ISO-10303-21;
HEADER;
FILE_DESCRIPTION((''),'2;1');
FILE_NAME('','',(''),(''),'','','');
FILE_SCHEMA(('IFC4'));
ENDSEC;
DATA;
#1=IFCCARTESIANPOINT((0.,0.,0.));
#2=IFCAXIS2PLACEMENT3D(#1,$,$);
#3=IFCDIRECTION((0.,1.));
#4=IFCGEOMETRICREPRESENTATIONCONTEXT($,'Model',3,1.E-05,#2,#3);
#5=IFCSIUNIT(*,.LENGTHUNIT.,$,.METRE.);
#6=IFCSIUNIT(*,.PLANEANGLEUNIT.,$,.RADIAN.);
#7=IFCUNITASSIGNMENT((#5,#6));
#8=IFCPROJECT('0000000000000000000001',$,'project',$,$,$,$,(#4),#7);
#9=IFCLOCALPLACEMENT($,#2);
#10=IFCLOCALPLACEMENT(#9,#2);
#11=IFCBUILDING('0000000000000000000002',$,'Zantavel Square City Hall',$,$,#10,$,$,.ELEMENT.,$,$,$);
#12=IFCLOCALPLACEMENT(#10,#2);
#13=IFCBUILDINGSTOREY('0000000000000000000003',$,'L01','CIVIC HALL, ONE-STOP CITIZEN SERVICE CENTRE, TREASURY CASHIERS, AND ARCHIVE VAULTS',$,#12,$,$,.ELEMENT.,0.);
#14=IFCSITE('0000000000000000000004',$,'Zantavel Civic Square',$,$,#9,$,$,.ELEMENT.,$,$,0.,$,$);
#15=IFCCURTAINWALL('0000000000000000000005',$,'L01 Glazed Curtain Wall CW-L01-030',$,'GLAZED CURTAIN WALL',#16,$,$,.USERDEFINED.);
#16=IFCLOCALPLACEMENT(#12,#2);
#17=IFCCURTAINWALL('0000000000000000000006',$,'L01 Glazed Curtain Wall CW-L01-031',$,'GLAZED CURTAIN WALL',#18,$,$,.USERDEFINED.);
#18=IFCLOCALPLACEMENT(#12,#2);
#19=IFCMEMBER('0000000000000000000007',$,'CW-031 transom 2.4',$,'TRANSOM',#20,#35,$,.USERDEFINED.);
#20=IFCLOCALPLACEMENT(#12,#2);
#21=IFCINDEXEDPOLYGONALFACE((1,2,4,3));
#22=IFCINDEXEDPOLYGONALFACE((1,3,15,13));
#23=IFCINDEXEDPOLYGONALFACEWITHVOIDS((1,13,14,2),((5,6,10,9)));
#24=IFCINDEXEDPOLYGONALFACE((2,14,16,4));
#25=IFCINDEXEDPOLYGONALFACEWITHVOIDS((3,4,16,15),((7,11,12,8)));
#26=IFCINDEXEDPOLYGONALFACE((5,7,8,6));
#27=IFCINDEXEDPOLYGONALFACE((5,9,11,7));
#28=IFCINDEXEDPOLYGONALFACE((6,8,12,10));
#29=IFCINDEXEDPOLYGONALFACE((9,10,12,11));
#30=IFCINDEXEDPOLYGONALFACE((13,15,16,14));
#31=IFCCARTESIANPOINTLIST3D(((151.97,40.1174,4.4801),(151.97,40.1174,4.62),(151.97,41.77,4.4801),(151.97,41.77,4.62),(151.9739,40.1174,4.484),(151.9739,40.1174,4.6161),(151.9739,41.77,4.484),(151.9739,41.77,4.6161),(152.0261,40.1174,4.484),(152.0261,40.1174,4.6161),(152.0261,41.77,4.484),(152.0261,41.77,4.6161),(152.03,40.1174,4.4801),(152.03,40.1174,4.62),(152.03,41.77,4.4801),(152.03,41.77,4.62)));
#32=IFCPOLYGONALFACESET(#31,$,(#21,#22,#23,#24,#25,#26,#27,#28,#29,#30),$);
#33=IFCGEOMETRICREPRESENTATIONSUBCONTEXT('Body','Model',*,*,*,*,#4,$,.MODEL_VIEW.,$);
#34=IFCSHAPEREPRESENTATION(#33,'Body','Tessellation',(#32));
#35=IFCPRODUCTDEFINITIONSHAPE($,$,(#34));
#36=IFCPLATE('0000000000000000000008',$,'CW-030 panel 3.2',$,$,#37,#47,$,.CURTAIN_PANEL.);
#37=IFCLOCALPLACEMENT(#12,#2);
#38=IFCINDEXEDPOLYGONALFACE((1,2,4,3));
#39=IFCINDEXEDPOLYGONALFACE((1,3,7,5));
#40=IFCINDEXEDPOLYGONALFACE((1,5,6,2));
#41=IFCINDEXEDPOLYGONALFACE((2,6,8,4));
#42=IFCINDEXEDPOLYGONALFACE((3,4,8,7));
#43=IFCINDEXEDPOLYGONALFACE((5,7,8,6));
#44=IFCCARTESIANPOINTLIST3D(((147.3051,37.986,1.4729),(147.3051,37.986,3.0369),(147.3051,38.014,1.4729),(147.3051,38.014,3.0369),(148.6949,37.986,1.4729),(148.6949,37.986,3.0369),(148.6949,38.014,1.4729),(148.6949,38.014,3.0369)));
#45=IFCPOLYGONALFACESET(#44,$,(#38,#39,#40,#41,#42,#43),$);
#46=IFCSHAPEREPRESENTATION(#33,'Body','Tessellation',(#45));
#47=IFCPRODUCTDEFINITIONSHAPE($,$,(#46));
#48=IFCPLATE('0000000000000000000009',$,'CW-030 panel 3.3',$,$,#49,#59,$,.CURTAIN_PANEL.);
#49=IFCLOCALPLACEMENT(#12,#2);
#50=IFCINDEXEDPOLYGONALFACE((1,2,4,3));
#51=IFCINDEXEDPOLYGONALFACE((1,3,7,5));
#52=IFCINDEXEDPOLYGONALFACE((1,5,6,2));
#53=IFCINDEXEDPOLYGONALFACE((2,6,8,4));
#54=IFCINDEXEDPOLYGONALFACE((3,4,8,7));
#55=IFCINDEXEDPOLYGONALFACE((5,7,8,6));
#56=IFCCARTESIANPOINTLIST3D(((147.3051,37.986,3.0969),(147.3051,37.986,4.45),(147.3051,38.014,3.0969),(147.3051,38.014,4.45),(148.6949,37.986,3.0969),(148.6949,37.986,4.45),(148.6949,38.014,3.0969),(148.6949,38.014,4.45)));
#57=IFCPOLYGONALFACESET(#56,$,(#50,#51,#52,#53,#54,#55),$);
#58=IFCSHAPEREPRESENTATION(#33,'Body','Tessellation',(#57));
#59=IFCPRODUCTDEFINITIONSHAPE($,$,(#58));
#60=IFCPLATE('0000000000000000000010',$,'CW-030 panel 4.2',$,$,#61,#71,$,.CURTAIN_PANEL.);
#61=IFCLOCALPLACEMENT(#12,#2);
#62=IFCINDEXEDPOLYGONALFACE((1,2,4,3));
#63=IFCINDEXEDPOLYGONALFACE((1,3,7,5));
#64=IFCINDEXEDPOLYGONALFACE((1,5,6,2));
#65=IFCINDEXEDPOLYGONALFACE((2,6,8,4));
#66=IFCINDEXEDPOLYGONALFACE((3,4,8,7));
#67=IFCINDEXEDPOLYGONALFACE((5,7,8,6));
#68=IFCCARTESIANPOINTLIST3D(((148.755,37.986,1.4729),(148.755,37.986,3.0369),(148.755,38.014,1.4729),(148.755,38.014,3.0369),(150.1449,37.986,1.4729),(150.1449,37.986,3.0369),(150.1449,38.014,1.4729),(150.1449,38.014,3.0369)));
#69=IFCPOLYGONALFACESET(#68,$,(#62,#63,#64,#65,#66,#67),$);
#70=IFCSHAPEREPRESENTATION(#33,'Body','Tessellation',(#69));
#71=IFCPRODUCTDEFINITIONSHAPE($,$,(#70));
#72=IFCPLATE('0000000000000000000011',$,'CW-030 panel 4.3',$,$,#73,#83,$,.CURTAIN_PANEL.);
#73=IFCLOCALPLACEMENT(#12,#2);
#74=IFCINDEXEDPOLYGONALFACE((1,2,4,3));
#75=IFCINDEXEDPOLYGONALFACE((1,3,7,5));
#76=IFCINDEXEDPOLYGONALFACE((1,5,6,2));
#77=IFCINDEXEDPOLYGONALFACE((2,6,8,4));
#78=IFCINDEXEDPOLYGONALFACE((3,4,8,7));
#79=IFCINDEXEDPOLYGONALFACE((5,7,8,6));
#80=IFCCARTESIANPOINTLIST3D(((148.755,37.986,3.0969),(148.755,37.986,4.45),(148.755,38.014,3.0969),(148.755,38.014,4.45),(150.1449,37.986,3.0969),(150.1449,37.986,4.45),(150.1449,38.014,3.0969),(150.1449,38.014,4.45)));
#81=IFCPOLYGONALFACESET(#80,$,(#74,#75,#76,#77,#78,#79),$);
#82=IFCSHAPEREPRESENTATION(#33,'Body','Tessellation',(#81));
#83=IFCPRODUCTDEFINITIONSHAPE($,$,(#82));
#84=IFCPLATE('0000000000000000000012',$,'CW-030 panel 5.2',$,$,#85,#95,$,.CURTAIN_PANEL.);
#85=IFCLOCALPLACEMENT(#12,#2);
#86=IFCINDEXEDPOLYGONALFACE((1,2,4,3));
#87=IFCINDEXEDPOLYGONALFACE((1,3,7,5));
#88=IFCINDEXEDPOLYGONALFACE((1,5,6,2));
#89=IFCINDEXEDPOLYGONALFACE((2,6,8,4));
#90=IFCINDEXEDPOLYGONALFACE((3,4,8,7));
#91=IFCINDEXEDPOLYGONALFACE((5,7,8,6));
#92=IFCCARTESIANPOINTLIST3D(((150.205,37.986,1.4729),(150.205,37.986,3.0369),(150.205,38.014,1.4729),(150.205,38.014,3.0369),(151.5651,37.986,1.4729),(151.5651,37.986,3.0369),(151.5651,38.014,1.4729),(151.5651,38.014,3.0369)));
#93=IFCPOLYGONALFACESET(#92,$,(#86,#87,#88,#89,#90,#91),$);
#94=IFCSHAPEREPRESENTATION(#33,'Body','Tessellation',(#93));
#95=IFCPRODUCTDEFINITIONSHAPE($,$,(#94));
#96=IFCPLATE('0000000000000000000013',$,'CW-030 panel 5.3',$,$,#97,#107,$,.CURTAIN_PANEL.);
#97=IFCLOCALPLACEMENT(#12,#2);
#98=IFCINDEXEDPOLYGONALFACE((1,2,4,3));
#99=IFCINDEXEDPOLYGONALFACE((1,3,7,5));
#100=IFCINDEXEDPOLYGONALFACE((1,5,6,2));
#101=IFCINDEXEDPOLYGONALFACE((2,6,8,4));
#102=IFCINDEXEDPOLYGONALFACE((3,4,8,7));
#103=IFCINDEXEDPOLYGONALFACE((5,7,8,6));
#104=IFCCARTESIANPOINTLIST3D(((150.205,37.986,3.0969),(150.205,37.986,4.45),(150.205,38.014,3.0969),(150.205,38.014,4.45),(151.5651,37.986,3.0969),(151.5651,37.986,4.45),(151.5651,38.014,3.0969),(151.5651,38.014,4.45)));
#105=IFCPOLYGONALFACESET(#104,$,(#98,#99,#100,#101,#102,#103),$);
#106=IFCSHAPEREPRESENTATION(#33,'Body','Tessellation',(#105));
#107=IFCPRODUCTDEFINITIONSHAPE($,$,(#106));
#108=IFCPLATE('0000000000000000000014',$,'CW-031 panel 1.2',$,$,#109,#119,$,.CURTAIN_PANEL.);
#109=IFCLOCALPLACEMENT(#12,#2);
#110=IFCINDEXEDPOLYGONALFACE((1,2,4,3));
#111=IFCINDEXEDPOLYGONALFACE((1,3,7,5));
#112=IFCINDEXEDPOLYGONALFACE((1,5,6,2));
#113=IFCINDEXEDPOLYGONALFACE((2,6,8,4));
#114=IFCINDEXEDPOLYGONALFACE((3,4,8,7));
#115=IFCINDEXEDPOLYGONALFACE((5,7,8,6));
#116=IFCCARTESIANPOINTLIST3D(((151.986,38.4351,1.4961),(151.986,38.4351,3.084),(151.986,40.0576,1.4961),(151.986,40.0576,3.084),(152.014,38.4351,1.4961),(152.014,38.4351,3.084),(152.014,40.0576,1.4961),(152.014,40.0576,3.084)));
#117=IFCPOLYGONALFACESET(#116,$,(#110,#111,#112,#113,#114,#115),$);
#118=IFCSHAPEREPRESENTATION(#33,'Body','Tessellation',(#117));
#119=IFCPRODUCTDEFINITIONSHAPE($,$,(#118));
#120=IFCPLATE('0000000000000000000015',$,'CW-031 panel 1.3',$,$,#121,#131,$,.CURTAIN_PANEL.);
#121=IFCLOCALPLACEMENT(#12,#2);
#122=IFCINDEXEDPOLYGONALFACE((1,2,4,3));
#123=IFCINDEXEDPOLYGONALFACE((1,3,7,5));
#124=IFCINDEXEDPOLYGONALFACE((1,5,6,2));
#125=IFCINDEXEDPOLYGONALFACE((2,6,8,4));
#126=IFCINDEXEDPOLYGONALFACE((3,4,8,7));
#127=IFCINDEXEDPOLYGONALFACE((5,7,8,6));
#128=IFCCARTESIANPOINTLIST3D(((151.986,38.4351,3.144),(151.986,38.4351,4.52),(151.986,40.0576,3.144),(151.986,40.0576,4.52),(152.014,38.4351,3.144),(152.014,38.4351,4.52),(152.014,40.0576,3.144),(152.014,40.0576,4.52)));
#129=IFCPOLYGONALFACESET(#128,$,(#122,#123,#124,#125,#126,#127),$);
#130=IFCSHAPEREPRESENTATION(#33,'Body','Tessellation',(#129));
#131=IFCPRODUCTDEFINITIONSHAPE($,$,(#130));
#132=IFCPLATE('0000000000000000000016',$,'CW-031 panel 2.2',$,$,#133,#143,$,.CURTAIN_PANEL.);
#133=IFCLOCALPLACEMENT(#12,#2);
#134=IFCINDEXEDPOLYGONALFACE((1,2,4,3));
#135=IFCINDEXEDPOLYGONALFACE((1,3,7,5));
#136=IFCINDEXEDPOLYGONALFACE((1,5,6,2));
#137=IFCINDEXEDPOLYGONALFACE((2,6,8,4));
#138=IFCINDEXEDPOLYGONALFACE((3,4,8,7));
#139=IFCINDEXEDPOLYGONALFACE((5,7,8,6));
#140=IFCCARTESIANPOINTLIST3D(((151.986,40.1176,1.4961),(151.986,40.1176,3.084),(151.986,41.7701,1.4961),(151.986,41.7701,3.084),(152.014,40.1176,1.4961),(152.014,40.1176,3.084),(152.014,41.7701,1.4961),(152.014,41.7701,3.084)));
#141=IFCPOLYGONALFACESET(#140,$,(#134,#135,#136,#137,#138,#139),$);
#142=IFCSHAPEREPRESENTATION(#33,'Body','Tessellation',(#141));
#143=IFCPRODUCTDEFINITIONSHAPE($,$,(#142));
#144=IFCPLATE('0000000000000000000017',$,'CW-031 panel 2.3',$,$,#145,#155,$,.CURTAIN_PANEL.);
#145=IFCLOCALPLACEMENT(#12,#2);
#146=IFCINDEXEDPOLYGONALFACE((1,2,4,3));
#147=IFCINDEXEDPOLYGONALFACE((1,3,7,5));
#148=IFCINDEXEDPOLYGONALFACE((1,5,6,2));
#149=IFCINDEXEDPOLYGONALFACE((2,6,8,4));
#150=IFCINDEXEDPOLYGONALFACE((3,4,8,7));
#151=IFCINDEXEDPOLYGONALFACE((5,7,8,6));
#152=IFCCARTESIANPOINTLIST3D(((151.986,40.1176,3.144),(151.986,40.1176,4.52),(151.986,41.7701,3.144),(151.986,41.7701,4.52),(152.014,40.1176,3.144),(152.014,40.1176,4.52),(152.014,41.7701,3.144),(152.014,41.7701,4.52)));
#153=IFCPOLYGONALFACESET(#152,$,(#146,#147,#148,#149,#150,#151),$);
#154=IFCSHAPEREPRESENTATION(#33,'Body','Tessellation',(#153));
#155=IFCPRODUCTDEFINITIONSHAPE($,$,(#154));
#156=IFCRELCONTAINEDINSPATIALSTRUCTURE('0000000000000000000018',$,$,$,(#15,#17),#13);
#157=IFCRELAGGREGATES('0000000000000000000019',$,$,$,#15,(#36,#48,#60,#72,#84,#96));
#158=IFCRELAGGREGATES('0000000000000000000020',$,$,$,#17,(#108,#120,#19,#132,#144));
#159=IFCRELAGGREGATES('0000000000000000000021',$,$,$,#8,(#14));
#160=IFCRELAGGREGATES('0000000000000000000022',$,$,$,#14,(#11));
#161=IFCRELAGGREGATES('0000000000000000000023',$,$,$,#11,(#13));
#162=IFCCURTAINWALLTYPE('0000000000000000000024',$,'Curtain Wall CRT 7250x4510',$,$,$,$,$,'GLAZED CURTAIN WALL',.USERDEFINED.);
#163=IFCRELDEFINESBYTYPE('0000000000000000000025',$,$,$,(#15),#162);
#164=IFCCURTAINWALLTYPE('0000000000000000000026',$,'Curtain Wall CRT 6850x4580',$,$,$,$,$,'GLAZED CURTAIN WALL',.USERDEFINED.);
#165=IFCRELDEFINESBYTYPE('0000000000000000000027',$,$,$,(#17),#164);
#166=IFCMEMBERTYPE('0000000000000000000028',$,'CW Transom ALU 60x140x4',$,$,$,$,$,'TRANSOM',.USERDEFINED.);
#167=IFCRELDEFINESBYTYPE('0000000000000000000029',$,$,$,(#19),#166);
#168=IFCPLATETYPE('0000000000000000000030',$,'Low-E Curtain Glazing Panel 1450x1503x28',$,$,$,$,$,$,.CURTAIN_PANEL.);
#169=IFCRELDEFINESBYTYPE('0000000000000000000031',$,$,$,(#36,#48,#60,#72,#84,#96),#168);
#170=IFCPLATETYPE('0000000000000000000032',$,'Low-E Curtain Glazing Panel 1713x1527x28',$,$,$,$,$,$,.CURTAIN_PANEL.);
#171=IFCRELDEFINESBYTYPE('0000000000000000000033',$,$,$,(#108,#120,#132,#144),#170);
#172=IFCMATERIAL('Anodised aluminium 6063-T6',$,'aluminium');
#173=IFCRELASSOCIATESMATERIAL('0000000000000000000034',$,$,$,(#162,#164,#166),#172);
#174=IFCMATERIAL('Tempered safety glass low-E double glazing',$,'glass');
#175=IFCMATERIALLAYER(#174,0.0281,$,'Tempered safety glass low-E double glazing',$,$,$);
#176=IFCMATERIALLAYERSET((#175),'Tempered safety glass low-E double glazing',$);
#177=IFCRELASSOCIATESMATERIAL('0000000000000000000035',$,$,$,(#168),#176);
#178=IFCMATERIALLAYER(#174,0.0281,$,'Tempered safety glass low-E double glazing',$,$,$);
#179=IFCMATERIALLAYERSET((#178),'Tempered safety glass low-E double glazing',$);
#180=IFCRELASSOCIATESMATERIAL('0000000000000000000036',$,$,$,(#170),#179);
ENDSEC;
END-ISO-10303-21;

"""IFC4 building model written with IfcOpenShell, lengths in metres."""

from ifc_helpers import new_model, si_unit, direction, frame, origin, origin_2d, place, context, subcontext, project, spatial, rectangle, hollow_rectangle, extrude, material, layer, layer_set, material_profile, profile_set, type_object, element, aggregate, save


model = new_model("IFC4")

# Units and contexts
model_context = context("Model", 3, precision=1e-05, world=origin(), true_north=direction((0.0, 1.0)))
body_context = subcontext(model_context, "Body", "Model", "MODEL_VIEW")
ifc_project = project(units=[si_unit("LENGTHUNIT", "METRE"), si_unit("PLANEANGLEUNIT", "RADIAN")], contexts=[model_context])

# Site, building, storey
site_placement = place(None, origin())
site = spatial("IfcSite", under=ifc_project, at=site_placement, Name="Zantavel Civic Square", CompositionType="ELEMENT", RefElevation=0.0)
building_placement = place(site_placement, origin())
building = spatial("IfcBuilding", under=site, at=building_placement, Name="Zantavel Square City Hall", CompositionType="ELEMENT")
storey_placement = place(building_placement, origin())
storey = spatial("IfcBuildingStorey", under=building, at=storey_placement, Name="L01", Description="CIVIC HALL, ONE-STOP CITIZEN SERVICE CENTRE, TREASURY CASHIERS, AND ARCHIVE VAULTS", CompositionType="ELEMENT", Elevation=0.0)

# Curtain walls, member
ifc_material_1 = material(Name="Anodised aluminium 6063-T6", Category="aluminium")
curtain_wall_type_1 = type_object("IfcCurtainWallType", Name="Curtain Wall CRT 7250x4510", ElementType="GLAZED CURTAIN WALL", PredefinedType="USERDEFINED", material=ifc_material_1)
curtain_wall_1_placement = place(storey_placement, origin())
curtain_wall_1 = element("IfcCurtainWall", 1, at=curtain_wall_1_placement, inside=storey, type_object=curtain_wall_type_1, Name="L01 Glazed Curtain Wall CW-L01-030", ObjectType="GLAZED CURTAIN WALL", PredefinedType="USERDEFINED")
ifc_material_profile_1 = material_profile(ifc_material_1, hollow_rectangle(XDim=0.0601, YDim=0.1399, WallThickness=0.0039, at=origin_2d()), Name="ALU 60x140x4")
ifc_profile_set_1 = profile_set([ifc_material_profile_1], Name="Anodised aluminium 6063-T6")
member_type = type_object("IfcMemberType", Name="CW Transom ALU 60x140x4", ElementType="TRANSOM", PredefinedType="USERDEFINED", material=ifc_profile_set_1)
curtain_wall_type_2 = type_object("IfcCurtainWallType", Name="Curtain Wall CRT 6850x4580", ElementType="GLAZED CURTAIN WALL", PredefinedType="USERDEFINED", material=ifc_material_1)
curtain_wall_2_placement = place(storey_placement, origin())
curtain_wall_2 = element("IfcCurtainWall", 2, at=curtain_wall_2_placement, inside=storey, type_object=curtain_wall_type_2, Name="L01 Glazed Curtain Wall CW-L01-031", ObjectType="GLAZED CURTAIN WALL", PredefinedType="USERDEFINED")
member_1_placement = place(storey_placement, frame((152.0, 40.1174, 4.55), z_axis=(0.0, 1.0, 0.0), x_axis=(-1.0, 0.0, 0.0)))
member_1 = element("IfcMember", 3, at=member_1_placement, type_object=member_type, Name="CW-031 transom 2.4", ObjectType="TRANSOM", PredefinedType="USERDEFINED", context=body_context, shape_type="SweptSolid", body=[
    extrude(hollow_rectangle(XDim=0.0601, YDim=0.1399, WallThickness=0.0039, at=origin_2d()), origin(), (0.0, 0.0, 1.0), 1.6526),
])

# Plates
ifc_material_2 = material(Name="Tempered safety glass low-E double glazing", Category="glass")
ifc_layer_1 = layer(ifc_material_2, 0.0281, Name="Tempered safety glass low-E double glazing")
ifc_layer_set_1 = layer_set([ifc_layer_1], Name="Tempered safety glass low-E double glazing")
plate_type_1 = type_object("IfcPlateType", Name="Low-E Curtain Glazing Panel 1450x1503x28", PredefinedType="CURTAIN_PANEL", material=ifc_layer_set_1)
plate_1_placement = place(storey_placement, frame((148.0, 38.0, 1.4729), z_axis=(0.0, 0.0, 1.0), x_axis=(1.0, 0.0, 0.0)))
plate_1 = element("IfcPlate", 4, at=plate_1_placement, type_object=plate_type_1, Name="CW-030 panel 3.2", PredefinedType="CURTAIN_PANEL", context=body_context, shape_type="SweptSolid", body=[
    extrude(rectangle(XDim=1.3899, YDim=0.0281, at=origin_2d()), origin(), (0.0, 0.0, 1.0), 1.564),
])
plate_2_placement = place(storey_placement, frame((148.0, 38.0, 3.0969), z_axis=(0.0, 0.0, 1.0), x_axis=(1.0, 0.0, 0.0)))
plate_2 = element("IfcPlate", 5, at=plate_2_placement, type_object=plate_type_1, Name="CW-030 panel 3.3", PredefinedType="CURTAIN_PANEL", context=body_context, shape_type="SweptSolid", body=[
    extrude(rectangle(XDim=1.3899, YDim=0.0281, at=origin_2d()), origin(), (0.0, 0.0, 1.0), 1.353),
])
plate_3_placement = place(storey_placement, frame((149.45, 38.0, 1.4729), z_axis=(0.0, 0.0, 1.0), x_axis=(1.0, 0.0, 0.0)))
plate_3 = element("IfcPlate", 6, at=plate_3_placement, type_object=plate_type_1, Name="CW-030 panel 4.2", PredefinedType="CURTAIN_PANEL", context=body_context, shape_type="SweptSolid", body=[
    extrude(rectangle(XDim=1.3899, YDim=0.0281, at=origin_2d()), origin(), (0.0, 0.0, 1.0), 1.564),
])
plate_4_placement = place(storey_placement, frame((149.45, 38.0, 3.0969), z_axis=(0.0, 0.0, 1.0), x_axis=(1.0, 0.0, 0.0)))
plate_4 = element("IfcPlate", 7, at=plate_4_placement, type_object=plate_type_1, Name="CW-030 panel 4.3", PredefinedType="CURTAIN_PANEL", context=body_context, shape_type="SweptSolid", body=[
    extrude(rectangle(XDim=1.3899, YDim=0.0281, at=origin_2d()), origin(), (0.0, 0.0, 1.0), 1.353),
])
plate_5_placement = place(storey_placement, frame((150.885, 38.0, 1.4729), z_axis=(0.0, 0.0, 1.0), x_axis=(1.0, 0.0, 0.0)))
plate_5 = element("IfcPlate", 8, at=plate_5_placement, type_object=plate_type_1, Name="CW-030 panel 5.2", PredefinedType="CURTAIN_PANEL", context=body_context, shape_type="SweptSolid", body=[
    extrude(rectangle(XDim=1.3601, YDim=0.0281, at=origin_2d()), origin(), (0.0, 0.0, 1.0), 1.564),
])
plate_6_placement = place(storey_placement, frame((150.885, 38.0, 3.0969), z_axis=(0.0, 0.0, 1.0), x_axis=(1.0, 0.0, 0.0)))
plate_6 = element("IfcPlate", 9, at=plate_6_placement, type_object=plate_type_1, Name="CW-030 panel 5.3", PredefinedType="CURTAIN_PANEL", context=body_context, shape_type="SweptSolid", body=[
    extrude(rectangle(XDim=1.3601, YDim=0.0281, at=origin_2d()), origin(), (0.0, 0.0, 1.0), 1.353),
])
aggregate(curtain_wall_1, [plate_1, plate_2, plate_3, plate_4, plate_5, plate_6])
ifc_layer_2 = layer(ifc_material_2, 0.0281, Name="Tempered safety glass low-E double glazing")
ifc_layer_set_2 = layer_set([ifc_layer_2], Name="Tempered safety glass low-E double glazing")
plate_type_2 = type_object("IfcPlateType", Name="Low-E Curtain Glazing Panel 1713x1527x28", PredefinedType="CURTAIN_PANEL", material=ifc_layer_set_2)
plate_7_placement = place(storey_placement, frame((152.0, 39.2463, 1.4961), z_axis=(0.0, 0.0, 1.0), x_axis=(0.0, 1.0, 0.0)))
plate_7 = element("IfcPlate", 10, at=plate_7_placement, type_object=plate_type_2, Name="CW-031 panel 1.2", PredefinedType="CURTAIN_PANEL", context=body_context, shape_type="SweptSolid", body=[
    extrude(rectangle(XDim=1.6226, YDim=0.0281, at=origin_2d()), origin(), (0.0, 0.0, 1.0), 1.5879),
])
plate_8_placement = place(storey_placement, frame((152.0, 39.2463, 3.144), z_axis=(0.0, 0.0, 1.0), x_axis=(0.0, 1.0, 0.0)))
plate_8 = element("IfcPlate", 11, at=plate_8_placement, type_object=plate_type_2, Name="CW-031 panel 1.3", PredefinedType="CURTAIN_PANEL", context=body_context, shape_type="SweptSolid", body=[
    extrude(rectangle(XDim=1.6226, YDim=0.0281, at=origin_2d()), origin(), (0.0, 0.0, 1.0), 1.376),
])
plate_9_placement = place(storey_placement, frame((152.0, 40.9438, 1.4961), z_axis=(0.0, 0.0, 1.0), x_axis=(0.0, 1.0, 0.0)))
plate_9 = element("IfcPlate", 12, at=plate_9_placement, type_object=plate_type_2, Name="CW-031 panel 2.2", PredefinedType="CURTAIN_PANEL", context=body_context, shape_type="SweptSolid", body=[
    extrude(rectangle(XDim=1.6526, YDim=0.0281, at=origin_2d()), origin(), (0.0, 0.0, 1.0), 1.5879),
])
plate_10_placement = place(storey_placement, frame((152.0, 40.9438, 3.144), z_axis=(0.0, 0.0, 1.0), x_axis=(0.0, 1.0, 0.0)))
plate_10 = element("IfcPlate", 13, at=plate_10_placement, type_object=plate_type_2, Name="CW-031 panel 2.3", PredefinedType="CURTAIN_PANEL", context=body_context, shape_type="SweptSolid", body=[
    extrude(rectangle(XDim=1.6526, YDim=0.0281, at=origin_2d()), origin(), (0.0, 0.0, 1.0), 1.376),
])
aggregate(curtain_wall_2, [plate_7, plate_8, member_1, plate_9, plate_10])

save(model, "model.ifc")
